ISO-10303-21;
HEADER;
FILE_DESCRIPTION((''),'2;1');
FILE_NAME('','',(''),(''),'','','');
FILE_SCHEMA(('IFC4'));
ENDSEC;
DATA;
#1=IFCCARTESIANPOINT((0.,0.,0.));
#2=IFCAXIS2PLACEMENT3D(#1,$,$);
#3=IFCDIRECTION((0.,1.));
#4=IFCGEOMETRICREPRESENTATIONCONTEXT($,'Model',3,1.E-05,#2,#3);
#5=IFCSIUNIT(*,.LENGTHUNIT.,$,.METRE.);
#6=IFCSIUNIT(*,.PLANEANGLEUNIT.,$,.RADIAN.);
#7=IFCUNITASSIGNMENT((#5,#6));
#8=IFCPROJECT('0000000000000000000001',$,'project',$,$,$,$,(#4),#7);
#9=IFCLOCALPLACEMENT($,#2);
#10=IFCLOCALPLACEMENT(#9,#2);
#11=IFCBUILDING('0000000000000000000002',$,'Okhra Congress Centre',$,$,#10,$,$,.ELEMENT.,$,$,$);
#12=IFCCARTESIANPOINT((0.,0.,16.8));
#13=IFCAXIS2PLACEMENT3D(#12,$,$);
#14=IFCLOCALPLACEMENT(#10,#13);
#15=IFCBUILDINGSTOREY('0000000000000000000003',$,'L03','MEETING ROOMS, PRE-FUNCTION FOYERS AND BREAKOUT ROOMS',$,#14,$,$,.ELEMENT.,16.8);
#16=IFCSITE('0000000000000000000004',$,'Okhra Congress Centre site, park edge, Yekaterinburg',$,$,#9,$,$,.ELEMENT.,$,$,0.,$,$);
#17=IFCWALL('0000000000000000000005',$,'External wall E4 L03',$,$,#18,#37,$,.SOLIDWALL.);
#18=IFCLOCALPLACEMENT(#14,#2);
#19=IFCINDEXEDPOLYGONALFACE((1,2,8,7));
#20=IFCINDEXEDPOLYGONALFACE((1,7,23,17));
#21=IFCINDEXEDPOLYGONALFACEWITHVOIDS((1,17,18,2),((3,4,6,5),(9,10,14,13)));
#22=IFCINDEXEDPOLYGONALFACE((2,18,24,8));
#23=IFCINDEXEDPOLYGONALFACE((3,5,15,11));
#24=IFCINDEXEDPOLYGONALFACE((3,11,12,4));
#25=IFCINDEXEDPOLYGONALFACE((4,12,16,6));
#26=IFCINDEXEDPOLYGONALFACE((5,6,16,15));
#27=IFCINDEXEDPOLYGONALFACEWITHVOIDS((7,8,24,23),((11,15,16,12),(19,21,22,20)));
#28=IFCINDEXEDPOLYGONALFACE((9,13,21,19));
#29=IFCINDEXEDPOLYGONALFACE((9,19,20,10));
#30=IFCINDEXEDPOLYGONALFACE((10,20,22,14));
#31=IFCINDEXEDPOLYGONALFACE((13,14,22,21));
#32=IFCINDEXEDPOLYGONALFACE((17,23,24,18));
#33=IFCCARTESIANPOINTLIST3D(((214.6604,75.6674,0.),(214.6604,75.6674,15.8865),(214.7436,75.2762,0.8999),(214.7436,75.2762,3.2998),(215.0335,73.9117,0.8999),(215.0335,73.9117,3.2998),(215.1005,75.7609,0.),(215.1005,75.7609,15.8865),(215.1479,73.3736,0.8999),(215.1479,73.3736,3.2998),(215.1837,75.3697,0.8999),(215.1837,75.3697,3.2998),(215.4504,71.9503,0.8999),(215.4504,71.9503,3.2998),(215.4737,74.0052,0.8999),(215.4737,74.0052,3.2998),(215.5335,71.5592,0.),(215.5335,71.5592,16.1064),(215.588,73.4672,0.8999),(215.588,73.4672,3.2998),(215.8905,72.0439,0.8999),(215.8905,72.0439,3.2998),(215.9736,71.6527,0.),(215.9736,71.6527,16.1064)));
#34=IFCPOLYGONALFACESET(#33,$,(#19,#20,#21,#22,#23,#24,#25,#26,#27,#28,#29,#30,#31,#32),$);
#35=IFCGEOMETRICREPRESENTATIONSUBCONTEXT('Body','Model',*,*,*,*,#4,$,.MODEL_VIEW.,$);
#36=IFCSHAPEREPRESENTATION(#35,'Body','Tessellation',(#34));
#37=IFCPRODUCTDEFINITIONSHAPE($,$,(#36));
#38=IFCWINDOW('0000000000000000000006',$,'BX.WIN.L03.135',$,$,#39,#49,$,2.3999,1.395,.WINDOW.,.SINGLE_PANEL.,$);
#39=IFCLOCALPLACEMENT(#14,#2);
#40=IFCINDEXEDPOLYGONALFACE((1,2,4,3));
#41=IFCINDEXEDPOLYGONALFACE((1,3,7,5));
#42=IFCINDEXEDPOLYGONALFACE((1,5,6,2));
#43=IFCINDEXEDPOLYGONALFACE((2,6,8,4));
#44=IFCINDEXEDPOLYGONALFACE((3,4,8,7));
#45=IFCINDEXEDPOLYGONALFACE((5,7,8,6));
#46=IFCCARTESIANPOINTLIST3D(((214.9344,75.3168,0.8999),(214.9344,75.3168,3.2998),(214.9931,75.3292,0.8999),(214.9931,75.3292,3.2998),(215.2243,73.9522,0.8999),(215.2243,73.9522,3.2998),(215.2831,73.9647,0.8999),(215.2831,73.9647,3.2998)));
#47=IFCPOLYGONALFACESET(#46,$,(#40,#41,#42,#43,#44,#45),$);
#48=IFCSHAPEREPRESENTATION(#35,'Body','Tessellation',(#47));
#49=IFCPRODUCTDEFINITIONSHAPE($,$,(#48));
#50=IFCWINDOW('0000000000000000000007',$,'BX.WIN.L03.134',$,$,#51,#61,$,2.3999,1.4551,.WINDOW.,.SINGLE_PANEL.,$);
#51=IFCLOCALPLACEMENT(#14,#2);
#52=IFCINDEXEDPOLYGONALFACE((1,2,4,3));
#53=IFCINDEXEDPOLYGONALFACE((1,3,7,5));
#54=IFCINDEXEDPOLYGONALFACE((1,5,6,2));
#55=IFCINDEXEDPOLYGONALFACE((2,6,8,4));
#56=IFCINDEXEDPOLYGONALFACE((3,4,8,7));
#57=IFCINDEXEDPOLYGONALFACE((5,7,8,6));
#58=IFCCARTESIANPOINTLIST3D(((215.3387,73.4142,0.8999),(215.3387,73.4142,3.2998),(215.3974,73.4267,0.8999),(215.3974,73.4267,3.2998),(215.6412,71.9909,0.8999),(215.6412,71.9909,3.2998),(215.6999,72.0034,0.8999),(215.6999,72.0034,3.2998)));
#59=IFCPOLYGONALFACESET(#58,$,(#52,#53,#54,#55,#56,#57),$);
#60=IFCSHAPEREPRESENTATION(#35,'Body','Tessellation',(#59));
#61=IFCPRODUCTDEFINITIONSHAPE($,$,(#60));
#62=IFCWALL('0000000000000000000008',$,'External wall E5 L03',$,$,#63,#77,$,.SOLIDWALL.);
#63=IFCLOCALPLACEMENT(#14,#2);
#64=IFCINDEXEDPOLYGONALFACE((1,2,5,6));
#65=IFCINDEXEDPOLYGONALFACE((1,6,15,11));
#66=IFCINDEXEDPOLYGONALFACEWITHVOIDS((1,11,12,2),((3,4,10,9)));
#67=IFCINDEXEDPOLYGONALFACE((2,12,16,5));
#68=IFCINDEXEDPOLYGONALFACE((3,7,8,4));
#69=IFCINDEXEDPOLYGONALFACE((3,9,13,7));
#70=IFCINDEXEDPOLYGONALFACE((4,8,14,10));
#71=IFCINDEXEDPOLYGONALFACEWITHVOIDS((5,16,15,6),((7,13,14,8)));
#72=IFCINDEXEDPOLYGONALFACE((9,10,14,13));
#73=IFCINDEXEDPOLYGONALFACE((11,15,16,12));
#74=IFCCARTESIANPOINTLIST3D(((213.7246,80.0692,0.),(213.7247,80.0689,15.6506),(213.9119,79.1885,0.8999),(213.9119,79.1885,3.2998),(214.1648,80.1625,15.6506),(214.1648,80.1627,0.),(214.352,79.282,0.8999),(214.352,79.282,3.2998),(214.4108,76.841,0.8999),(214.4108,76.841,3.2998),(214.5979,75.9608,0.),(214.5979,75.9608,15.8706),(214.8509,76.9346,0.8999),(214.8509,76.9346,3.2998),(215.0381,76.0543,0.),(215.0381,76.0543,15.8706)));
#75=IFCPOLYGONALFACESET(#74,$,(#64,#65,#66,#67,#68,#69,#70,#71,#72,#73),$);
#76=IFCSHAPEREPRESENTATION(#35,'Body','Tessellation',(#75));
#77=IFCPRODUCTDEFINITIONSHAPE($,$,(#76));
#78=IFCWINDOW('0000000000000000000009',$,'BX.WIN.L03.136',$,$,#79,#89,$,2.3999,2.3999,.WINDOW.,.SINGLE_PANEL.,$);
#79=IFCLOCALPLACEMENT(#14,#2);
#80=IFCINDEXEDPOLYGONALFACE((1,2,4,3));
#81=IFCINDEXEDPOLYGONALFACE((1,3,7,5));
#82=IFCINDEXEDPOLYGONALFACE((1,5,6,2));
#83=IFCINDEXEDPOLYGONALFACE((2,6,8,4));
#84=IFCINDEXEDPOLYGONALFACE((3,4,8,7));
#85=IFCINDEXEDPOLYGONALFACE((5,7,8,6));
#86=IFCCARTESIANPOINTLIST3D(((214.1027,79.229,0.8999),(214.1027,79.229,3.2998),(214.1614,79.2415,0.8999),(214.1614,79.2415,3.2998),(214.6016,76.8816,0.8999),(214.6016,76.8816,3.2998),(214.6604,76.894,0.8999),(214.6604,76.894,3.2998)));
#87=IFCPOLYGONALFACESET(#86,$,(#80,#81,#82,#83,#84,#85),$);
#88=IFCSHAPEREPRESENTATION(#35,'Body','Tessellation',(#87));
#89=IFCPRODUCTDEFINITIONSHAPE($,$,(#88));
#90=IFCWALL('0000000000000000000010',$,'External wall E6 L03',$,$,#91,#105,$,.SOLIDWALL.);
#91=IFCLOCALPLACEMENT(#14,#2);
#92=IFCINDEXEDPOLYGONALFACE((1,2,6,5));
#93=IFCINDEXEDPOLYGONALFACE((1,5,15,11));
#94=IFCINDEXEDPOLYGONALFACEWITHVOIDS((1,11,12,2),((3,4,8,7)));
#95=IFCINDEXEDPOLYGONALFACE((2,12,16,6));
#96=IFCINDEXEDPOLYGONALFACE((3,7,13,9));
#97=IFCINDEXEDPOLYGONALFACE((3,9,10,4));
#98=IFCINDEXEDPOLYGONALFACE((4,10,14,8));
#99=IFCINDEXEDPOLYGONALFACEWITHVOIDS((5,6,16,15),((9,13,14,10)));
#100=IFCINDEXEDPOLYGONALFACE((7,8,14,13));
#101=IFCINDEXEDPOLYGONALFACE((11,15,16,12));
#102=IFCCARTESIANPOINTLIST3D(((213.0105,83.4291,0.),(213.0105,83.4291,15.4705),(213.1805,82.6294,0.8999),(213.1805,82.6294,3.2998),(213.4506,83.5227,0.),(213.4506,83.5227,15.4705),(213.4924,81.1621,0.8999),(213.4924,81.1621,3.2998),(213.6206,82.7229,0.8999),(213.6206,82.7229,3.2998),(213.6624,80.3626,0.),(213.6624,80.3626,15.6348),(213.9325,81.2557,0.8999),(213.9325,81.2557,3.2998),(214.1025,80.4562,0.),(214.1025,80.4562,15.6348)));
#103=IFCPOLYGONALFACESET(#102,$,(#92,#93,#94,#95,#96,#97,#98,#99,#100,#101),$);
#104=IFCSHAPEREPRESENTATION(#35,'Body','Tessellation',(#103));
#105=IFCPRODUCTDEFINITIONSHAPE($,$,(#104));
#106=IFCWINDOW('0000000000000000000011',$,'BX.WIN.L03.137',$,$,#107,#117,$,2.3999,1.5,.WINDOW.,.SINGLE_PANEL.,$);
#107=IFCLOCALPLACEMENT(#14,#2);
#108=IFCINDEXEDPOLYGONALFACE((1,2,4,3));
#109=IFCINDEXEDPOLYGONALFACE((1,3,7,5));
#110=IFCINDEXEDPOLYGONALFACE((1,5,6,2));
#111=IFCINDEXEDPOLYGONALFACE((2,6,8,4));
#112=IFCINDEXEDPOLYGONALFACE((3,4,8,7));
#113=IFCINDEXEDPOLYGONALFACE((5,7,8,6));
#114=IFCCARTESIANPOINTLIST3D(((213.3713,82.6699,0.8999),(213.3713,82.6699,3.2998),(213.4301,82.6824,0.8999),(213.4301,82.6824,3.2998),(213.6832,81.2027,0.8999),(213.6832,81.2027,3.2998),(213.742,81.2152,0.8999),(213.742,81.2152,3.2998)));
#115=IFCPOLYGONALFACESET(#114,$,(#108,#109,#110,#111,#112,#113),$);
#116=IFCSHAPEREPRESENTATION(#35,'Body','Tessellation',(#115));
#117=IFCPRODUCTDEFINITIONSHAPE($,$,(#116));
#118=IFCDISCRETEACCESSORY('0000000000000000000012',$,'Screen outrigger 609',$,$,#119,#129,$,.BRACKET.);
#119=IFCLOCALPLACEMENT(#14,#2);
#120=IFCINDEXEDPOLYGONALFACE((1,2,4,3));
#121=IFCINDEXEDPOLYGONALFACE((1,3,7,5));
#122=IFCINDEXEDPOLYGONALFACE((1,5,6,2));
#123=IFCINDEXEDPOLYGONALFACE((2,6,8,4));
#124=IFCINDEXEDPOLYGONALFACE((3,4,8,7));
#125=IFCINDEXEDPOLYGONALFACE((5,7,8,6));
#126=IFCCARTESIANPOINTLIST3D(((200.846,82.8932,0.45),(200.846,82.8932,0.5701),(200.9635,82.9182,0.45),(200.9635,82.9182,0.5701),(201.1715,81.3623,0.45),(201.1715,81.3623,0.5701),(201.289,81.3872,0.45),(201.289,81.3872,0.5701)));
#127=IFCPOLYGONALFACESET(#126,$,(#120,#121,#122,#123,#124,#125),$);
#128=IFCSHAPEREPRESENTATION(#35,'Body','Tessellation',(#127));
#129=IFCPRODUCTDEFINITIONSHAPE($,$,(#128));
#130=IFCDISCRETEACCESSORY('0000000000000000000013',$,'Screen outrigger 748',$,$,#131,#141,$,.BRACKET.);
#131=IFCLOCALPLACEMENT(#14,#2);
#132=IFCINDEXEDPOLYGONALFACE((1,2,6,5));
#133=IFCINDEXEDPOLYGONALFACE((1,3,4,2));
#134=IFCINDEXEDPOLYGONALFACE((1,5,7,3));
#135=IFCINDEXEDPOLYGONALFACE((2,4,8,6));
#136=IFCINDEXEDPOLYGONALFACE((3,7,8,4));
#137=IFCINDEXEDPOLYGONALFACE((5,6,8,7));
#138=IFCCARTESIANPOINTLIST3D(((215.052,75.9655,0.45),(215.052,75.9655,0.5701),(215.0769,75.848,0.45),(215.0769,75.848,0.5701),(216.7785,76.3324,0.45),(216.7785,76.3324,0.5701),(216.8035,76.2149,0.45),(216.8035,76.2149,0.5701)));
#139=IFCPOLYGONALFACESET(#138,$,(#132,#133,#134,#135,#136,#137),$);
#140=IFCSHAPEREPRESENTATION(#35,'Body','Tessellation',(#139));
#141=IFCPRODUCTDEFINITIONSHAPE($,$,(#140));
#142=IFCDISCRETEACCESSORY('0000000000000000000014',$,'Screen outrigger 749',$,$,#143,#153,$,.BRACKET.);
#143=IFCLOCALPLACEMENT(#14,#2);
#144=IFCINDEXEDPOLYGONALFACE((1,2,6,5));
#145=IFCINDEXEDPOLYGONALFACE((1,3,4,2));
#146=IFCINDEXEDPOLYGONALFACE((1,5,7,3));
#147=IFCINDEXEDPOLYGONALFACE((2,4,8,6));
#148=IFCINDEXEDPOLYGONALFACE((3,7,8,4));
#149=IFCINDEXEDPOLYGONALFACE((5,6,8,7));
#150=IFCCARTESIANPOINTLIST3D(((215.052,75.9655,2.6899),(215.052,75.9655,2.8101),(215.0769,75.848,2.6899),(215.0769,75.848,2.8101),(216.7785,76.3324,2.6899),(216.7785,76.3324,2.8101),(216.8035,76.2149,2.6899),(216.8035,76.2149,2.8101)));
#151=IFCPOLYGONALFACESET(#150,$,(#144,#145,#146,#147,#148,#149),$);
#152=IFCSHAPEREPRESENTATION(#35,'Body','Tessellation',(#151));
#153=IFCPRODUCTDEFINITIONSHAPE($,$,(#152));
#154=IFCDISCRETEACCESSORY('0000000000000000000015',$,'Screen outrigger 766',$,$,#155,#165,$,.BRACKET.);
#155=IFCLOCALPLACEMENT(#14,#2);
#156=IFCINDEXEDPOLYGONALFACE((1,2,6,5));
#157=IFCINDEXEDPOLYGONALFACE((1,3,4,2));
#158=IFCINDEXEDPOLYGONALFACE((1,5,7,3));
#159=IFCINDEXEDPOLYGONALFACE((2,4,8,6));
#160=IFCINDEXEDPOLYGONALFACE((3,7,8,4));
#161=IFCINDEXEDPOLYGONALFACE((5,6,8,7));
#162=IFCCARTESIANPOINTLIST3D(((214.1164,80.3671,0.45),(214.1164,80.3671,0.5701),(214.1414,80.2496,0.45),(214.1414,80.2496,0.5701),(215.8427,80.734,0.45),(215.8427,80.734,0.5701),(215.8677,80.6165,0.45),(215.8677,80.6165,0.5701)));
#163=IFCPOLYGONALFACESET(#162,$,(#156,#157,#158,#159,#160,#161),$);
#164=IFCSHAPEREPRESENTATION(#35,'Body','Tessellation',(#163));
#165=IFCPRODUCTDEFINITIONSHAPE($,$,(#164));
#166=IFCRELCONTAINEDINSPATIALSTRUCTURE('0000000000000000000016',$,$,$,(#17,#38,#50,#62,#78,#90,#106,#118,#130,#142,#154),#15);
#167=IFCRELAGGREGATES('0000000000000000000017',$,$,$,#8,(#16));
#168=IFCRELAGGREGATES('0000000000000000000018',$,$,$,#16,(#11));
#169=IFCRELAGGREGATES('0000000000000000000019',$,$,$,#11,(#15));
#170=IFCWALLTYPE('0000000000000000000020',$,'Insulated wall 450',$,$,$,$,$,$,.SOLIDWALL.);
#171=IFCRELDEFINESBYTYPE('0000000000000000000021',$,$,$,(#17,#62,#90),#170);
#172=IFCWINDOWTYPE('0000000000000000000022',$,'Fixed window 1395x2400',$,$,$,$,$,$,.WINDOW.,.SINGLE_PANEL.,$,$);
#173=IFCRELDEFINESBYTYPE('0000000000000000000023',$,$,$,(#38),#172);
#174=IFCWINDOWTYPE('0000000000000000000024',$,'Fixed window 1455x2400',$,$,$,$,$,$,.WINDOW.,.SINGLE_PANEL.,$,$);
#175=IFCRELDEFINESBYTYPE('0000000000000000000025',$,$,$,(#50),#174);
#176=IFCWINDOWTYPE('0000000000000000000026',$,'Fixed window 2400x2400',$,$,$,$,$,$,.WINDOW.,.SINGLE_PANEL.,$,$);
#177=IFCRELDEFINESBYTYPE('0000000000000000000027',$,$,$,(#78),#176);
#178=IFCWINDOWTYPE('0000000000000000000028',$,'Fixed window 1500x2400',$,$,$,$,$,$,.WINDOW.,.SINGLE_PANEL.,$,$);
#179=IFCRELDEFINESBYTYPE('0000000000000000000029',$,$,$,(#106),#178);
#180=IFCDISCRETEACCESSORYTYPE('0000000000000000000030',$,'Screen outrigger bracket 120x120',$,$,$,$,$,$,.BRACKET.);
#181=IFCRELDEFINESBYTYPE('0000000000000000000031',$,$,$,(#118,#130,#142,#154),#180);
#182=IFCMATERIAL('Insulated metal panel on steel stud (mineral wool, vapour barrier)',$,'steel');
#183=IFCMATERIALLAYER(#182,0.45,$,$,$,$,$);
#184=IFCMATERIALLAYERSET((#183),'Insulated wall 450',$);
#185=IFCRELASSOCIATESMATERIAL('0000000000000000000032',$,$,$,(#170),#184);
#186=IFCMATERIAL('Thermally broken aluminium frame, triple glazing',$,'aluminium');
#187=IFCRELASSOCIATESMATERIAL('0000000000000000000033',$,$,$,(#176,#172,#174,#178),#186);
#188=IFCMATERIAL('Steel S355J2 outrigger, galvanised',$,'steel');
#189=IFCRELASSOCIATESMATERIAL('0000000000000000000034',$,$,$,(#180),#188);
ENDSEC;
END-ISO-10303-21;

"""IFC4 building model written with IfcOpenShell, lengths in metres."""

from ifc_helpers import new_model, si_unit, direction, frame, frame_2d, origin, origin_2d, place, context, subcontext, project, spatial, polyline, rectangle, outline, extrude, material, layer, layer_set, material_profile, profile_set, type_object, element, fill, save


model = new_model("IFC4")

# Units and contexts
model_context = context("Model", 3, precision=1e-05, world=origin(), true_north=direction((0.0, 1.0)))
body_context = subcontext(model_context, "Body", "Model", "MODEL_VIEW")
ifc_project = project(units=[si_unit("LENGTHUNIT", "METRE"), si_unit("PLANEANGLEUNIT", "RADIAN")], contexts=[model_context])

# Site, building, storey
site_placement = place(None, origin())
site = spatial("IfcSite", under=ifc_project, at=site_placement, Name="Okhra Congress Centre site, park edge, Yekaterinburg", CompositionType="ELEMENT", RefElevation=0.0)
building_placement = place(site_placement, origin())
building = spatial("IfcBuilding", under=site, at=building_placement, Name="Okhra Congress Centre", CompositionType="ELEMENT")
storey_placement = place(building_placement, frame((0.0, 0.0, 16.8)))
storey = spatial("IfcBuildingStorey", under=building, at=storey_placement, Name="L03", Description="MEETING ROOMS, PRE-FUNCTION FOYERS AND BREAKOUT ROOMS", CompositionType="ELEMENT", Elevation=16.8)

# Wall, openings, windows
ifc_material_1 = material(Name="Insulated metal panel on steel stud (mineral wool, vapour barrier)", Category="steel")
ifc_layer = layer(ifc_material_1, 0.45)
ifc_layer_set = layer_set([ifc_layer], Name="Insulated wall 450")
wall_type = type_object("IfcWallType", Name="Insulated wall 450", PredefinedType="SOLIDWALL", material=ifc_layer_set)
ifc_material_2 = material(Name="Thermally broken aluminium frame, triple glazing", Category="aluminium")
window_type_1 = type_object("IfcWindowType", Name="Fixed window 2400x2400", PartitioningType="SINGLE_PANEL", PredefinedType="WINDOW", material=ifc_material_2)
wall_1_placement = place(storey_placement, frame((215.7537, 71.606, 0.0), z_axis=(0.0, 0.0, 1.0), x_axis=(-0.207873, 0.978156, 0.0)))
wall_1 = element("IfcWall", 1, at=wall_1_placement, inside=storey, type_object=wall_type, Name="External wall E4 L03", PredefinedType="SOLIDWALL", context=body_context, shape_type="SweptSolid", body=[
    extrude(outline(polyline([(0.0, 0.0), (4.2, 0.0), (4.2, 15.8865), (0.0, 16.1064), (0.0, 0.0)])), frame((0.0, 0.2251, 0.0), z_axis=(0.0, -1.0, 0.0), x_axis=(1.0, 0.0, 0.0)), (0.0, 0.0, 1.0), 0.45),
])
opening_1_placement = place(wall_1_placement, frame((0.3999, 0.0, 0.8999)))
opening_1 = element("IfcOpeningElement", 2, at=opening_1_placement, cuts=wall_1, PredefinedType="OPENING", context=body_context, shape_type="SweptSolid", body=[
    extrude(rectangle(XDim=1.4551, YDim=2.3999, at=frame_2d((0.7275, 1.2))), frame((0.0, 0.2349, 0.0), z_axis=(0.0, -1.0, 0.0), x_axis=(1.0, 0.0, 0.0)), (0.0, 0.0, 1.0), 0.47),
])
opening_2_placement = place(wall_1_placement, frame((2.405, 0.0, 0.8999)))
opening_2 = element("IfcOpeningElement", 3, at=opening_2_placement, cuts=wall_1, PredefinedType="OPENING", context=body_context, shape_type="SweptSolid", body=[
    extrude(rectangle(XDim=1.395, YDim=2.3999, at=frame_2d((0.6975, 1.2))), frame((0.0, 0.2349, 0.0), z_axis=(0.0, -1.0, 0.0), x_axis=(1.0, 0.0, 0.0)), (0.0, 0.0, 1.0), 0.47),
])
window_type_2 = type_object("IfcWindowType", Name="Fixed window 1395x2400", PartitioningType="SINGLE_PANEL", PredefinedType="WINDOW", material=ifc_material_2)
window_1_placement = place(opening_2_placement, origin())
window_1 = element("IfcWindow", 4, at=window_1_placement, inside=storey, type_object=window_type_2, Name="BX.WIN.L03.135", OverallHeight=2.3999, OverallWidth=1.395, PartitioningType="SINGLE_PANEL", PredefinedType="WINDOW", context=body_context, shape_type="SweptSolid", body=[
    extrude(rectangle(XDim=1.395, YDim=2.3999, at=frame_2d((0.6975, 1.2))), frame((0.0, 0.03, 0.0), z_axis=(0.0, -1.0, 0.0), x_axis=(1.0, 0.0, 0.0)), (0.0, 0.0, 1.0), 0.0601),
])
fill(opening_2, window_1)
window_type_3 = type_object("IfcWindowType", Name="Fixed window 1455x2400", PartitioningType="SINGLE_PANEL", PredefinedType="WINDOW", material=ifc_material_2)
window_2_placement = place(opening_1_placement, origin())
window_2 = element("IfcWindow", 5, at=window_2_placement, inside=storey, type_object=window_type_3, Name="BX.WIN.L03.134", OverallHeight=2.3999, OverallWidth=1.4551, PartitioningType="SINGLE_PANEL", PredefinedType="WINDOW", context=body_context, shape_type="SweptSolid", body=[
    extrude(rectangle(XDim=1.4551, YDim=2.3999, at=frame_2d((0.7275, 1.2))), frame((0.0, 0.03, 0.0), z_axis=(0.0, -1.0, 0.0), x_axis=(1.0, 0.0, 0.0)), (0.0, 0.0, 1.0), 0.0601),
])
fill(opening_1, window_2)

# Walls, openings, windows
wall_2_placement = place(storey_placement, frame((214.8181, 76.0076, 0.0), z_axis=(0.0, 0.0, 1.0), x_axis=(-0.207917, 0.978146, 0.0)))
wall_2 = element("IfcWall", 6, at=wall_2_placement, inside=storey, type_object=wall_type, Name="External wall E5 L03", PredefinedType="SOLIDWALL", context=body_context, shape_type="SweptSolid", body=[
    extrude(outline(polyline([(0.0, 0.0), (4.2002, 0.0), (4.2, 15.6506), (0.0, 15.8706), (0.0, 0.0)])), frame((0.0, 0.2251, 0.0), z_axis=(0.0, -1.0, 0.0), x_axis=(1.0, 0.0, 0.0)), (0.0, 0.0, 1.0), 0.45),
])
opening_3_placement = place(wall_2_placement, frame((0.8999, 0.0, 0.8999)))
opening_3 = element("IfcOpeningElement", 7, at=opening_3_placement, cuts=wall_2, PredefinedType="OPENING", context=body_context, shape_type="SweptSolid", body=[
    extrude(rectangle(XDim=2.3999, YDim=2.3999, at=frame_2d((1.2, 1.2))), frame((0.0, 0.2349, 0.0), z_axis=(0.0, -1.0, 0.0), x_axis=(1.0, 0.0, 0.0)), (0.0, 0.0, 1.0), 0.47),
])
window_3_placement = place(opening_3_placement, origin())
window_3 = element("IfcWindow", 8, at=window_3_placement, inside=storey, type_object=window_type_1, Name="BX.WIN.L03.136", OverallHeight=2.3999, OverallWidth=2.3999, PartitioningType="SINGLE_PANEL", PredefinedType="WINDOW", context=body_context, shape_type="SweptSolid", body=[
    extrude(rectangle(XDim=2.3999, YDim=2.3999, at=frame_2d((1.2, 1.2))), frame((0.0, 0.03, 0.0), z_axis=(0.0, -1.0, 0.0), x_axis=(1.0, 0.0, 0.0)), (0.0, 0.0, 1.0), 0.0601),
])
fill(opening_3, window_3)
wall_3_placement = place(storey_placement, frame((213.8826, 80.4094, 0.0), z_axis=(0.0, 0.0, 1.0), x_axis=(-0.207933, 0.978143, 0.0)))
wall_3 = element("IfcWall", 9, at=wall_3_placement, inside=storey, type_object=wall_type, Name="External wall E6 L03", PredefinedType="SOLIDWALL", context=body_context, shape_type="SweptSolid", body=[
    extrude(outline(polyline([(0.0, 0.0), (3.135, 0.0), (3.135, 15.4705), (0.0, 15.6348), (0.0, 0.0)])), frame((0.0, 0.2251, 0.0), z_axis=(0.0, -1.0, 0.0), x_axis=(1.0, 0.0, 0.0)), (0.0, 0.0, 1.0), 0.45),
])
opening_4_placement = place(wall_3_placement, frame((0.8174, 0.0, 0.8999)))
opening_4 = element("IfcOpeningElement", 10, at=opening_4_placement, cuts=wall_3, PredefinedType="OPENING", context=body_context, shape_type="SweptSolid", body=[
    extrude(rectangle(XDim=1.5, YDim=2.3999, at=frame_2d((0.75, 1.2))), frame((0.0, 0.2349, 0.0), z_axis=(0.0, -1.0, 0.0), x_axis=(1.0, 0.0, 0.0)), (0.0, 0.0, 1.0), 0.47),
])
window_type_4 = type_object("IfcWindowType", Name="Fixed window 1500x2400", PartitioningType="SINGLE_PANEL", PredefinedType="WINDOW", material=ifc_material_2)
window_4_placement = place(opening_4_placement, origin())
window_4 = element("IfcWindow", 11, at=window_4_placement, inside=storey, type_object=window_type_4, Name="BX.WIN.L03.137", OverallHeight=2.3999, OverallWidth=1.5, PartitioningType="SINGLE_PANEL", PredefinedType="WINDOW", context=body_context, shape_type="SweptSolid", body=[
    extrude(rectangle(XDim=1.5, YDim=2.3999, at=frame_2d((0.75, 1.2))), frame((0.0, 0.03, 0.0), z_axis=(0.0, -1.0, 0.0), x_axis=(1.0, 0.0, 0.0)), (0.0, 0.0, 1.0), 0.0601),
])
fill(opening_4, window_4)

# Discrete accessories
ifc_material_3 = material(Name="Steel S355J2 outrigger, galvanised", Category="steel")
ifc_material_profile_1 = material_profile(ifc_material_3, rectangle(XDim=0.1201, YDim=0.1201, at=origin_2d()), Name="Screen outrigger bracket 120x120")
ifc_profile_set_1 = profile_set([ifc_material_profile_1], Name="Steel S355J2 outrigger, galvanised")
discrete_accessory_type = type_object("IfcDiscreteAccessoryType", Name="Screen outrigger bracket 120x120", PredefinedType="BRACKET", material=ifc_profile_set_1)
discrete_accessory_placement = place(storey_placement, frame((201.2302, 81.3748, 0.51), z_axis=(-0.20792, 0.978146, 0.0), x_axis=(-0.978146, -0.20792, 0.0)))
element("IfcDiscreteAccessory", 12, at=discrete_accessory_placement, inside=storey, type_object=discrete_accessory_type, Name="Screen outrigger 609", PredefinedType="BRACKET", context=body_context, shape_type="SweptSolid", body=[
    extrude(rectangle(XDim=0.1201, YDim=0.1201, at=origin_2d()), origin(), (0.0, 0.0, 1.0), 1.5652),
])
for number, where, z_axis, x_axis, name in (
    (13, (215.0645, 75.9067, 0.51), (0.978153, 0.207885, 0.0), (-0.207885, 0.978153, 0.0), "Screen outrigger 748"),
    (14, (215.0645, 75.9067, 2.75), (0.978153, 0.207885, 0.0), (-0.207885, 0.978153, 0.0), "Screen outrigger 749"),
):
    element("IfcDiscreteAccessory", number, at=place(storey_placement, frame(where, z_axis=z_axis, x_axis=x_axis)), inside=storey, type_object=discrete_accessory_type, Name=name, PredefinedType="BRACKET", context=body_context, shape_type="SweptSolid", body=[
        extrude(rectangle(XDim=0.1201, YDim=0.1201, at=origin_2d()), origin(), (0.0, 0.0, 1.0), 1.7651),
    ])
for number, where, z_axis, x_axis, name in (
    (15, (214.1289, 80.3083, 0.51), (0.978147, 0.207913, 0.0), (-0.207913, 0.978147, 0.0), "Screen outrigger 766"),
):
    element("IfcDiscreteAccessory", number, at=place(storey_placement, frame(where, z_axis=z_axis, x_axis=x_axis)), inside=storey, type_object=discrete_accessory_type, Name=name, PredefinedType="BRACKET", context=body_context, shape_type="SweptSolid", body=[
        extrude(rectangle(XDim=0.1201, YDim=0.1201, at=origin_2d()), origin(), (0.0, 0.0, 1.0), 1.7649),
    ])

save(model, "model.ifc")
